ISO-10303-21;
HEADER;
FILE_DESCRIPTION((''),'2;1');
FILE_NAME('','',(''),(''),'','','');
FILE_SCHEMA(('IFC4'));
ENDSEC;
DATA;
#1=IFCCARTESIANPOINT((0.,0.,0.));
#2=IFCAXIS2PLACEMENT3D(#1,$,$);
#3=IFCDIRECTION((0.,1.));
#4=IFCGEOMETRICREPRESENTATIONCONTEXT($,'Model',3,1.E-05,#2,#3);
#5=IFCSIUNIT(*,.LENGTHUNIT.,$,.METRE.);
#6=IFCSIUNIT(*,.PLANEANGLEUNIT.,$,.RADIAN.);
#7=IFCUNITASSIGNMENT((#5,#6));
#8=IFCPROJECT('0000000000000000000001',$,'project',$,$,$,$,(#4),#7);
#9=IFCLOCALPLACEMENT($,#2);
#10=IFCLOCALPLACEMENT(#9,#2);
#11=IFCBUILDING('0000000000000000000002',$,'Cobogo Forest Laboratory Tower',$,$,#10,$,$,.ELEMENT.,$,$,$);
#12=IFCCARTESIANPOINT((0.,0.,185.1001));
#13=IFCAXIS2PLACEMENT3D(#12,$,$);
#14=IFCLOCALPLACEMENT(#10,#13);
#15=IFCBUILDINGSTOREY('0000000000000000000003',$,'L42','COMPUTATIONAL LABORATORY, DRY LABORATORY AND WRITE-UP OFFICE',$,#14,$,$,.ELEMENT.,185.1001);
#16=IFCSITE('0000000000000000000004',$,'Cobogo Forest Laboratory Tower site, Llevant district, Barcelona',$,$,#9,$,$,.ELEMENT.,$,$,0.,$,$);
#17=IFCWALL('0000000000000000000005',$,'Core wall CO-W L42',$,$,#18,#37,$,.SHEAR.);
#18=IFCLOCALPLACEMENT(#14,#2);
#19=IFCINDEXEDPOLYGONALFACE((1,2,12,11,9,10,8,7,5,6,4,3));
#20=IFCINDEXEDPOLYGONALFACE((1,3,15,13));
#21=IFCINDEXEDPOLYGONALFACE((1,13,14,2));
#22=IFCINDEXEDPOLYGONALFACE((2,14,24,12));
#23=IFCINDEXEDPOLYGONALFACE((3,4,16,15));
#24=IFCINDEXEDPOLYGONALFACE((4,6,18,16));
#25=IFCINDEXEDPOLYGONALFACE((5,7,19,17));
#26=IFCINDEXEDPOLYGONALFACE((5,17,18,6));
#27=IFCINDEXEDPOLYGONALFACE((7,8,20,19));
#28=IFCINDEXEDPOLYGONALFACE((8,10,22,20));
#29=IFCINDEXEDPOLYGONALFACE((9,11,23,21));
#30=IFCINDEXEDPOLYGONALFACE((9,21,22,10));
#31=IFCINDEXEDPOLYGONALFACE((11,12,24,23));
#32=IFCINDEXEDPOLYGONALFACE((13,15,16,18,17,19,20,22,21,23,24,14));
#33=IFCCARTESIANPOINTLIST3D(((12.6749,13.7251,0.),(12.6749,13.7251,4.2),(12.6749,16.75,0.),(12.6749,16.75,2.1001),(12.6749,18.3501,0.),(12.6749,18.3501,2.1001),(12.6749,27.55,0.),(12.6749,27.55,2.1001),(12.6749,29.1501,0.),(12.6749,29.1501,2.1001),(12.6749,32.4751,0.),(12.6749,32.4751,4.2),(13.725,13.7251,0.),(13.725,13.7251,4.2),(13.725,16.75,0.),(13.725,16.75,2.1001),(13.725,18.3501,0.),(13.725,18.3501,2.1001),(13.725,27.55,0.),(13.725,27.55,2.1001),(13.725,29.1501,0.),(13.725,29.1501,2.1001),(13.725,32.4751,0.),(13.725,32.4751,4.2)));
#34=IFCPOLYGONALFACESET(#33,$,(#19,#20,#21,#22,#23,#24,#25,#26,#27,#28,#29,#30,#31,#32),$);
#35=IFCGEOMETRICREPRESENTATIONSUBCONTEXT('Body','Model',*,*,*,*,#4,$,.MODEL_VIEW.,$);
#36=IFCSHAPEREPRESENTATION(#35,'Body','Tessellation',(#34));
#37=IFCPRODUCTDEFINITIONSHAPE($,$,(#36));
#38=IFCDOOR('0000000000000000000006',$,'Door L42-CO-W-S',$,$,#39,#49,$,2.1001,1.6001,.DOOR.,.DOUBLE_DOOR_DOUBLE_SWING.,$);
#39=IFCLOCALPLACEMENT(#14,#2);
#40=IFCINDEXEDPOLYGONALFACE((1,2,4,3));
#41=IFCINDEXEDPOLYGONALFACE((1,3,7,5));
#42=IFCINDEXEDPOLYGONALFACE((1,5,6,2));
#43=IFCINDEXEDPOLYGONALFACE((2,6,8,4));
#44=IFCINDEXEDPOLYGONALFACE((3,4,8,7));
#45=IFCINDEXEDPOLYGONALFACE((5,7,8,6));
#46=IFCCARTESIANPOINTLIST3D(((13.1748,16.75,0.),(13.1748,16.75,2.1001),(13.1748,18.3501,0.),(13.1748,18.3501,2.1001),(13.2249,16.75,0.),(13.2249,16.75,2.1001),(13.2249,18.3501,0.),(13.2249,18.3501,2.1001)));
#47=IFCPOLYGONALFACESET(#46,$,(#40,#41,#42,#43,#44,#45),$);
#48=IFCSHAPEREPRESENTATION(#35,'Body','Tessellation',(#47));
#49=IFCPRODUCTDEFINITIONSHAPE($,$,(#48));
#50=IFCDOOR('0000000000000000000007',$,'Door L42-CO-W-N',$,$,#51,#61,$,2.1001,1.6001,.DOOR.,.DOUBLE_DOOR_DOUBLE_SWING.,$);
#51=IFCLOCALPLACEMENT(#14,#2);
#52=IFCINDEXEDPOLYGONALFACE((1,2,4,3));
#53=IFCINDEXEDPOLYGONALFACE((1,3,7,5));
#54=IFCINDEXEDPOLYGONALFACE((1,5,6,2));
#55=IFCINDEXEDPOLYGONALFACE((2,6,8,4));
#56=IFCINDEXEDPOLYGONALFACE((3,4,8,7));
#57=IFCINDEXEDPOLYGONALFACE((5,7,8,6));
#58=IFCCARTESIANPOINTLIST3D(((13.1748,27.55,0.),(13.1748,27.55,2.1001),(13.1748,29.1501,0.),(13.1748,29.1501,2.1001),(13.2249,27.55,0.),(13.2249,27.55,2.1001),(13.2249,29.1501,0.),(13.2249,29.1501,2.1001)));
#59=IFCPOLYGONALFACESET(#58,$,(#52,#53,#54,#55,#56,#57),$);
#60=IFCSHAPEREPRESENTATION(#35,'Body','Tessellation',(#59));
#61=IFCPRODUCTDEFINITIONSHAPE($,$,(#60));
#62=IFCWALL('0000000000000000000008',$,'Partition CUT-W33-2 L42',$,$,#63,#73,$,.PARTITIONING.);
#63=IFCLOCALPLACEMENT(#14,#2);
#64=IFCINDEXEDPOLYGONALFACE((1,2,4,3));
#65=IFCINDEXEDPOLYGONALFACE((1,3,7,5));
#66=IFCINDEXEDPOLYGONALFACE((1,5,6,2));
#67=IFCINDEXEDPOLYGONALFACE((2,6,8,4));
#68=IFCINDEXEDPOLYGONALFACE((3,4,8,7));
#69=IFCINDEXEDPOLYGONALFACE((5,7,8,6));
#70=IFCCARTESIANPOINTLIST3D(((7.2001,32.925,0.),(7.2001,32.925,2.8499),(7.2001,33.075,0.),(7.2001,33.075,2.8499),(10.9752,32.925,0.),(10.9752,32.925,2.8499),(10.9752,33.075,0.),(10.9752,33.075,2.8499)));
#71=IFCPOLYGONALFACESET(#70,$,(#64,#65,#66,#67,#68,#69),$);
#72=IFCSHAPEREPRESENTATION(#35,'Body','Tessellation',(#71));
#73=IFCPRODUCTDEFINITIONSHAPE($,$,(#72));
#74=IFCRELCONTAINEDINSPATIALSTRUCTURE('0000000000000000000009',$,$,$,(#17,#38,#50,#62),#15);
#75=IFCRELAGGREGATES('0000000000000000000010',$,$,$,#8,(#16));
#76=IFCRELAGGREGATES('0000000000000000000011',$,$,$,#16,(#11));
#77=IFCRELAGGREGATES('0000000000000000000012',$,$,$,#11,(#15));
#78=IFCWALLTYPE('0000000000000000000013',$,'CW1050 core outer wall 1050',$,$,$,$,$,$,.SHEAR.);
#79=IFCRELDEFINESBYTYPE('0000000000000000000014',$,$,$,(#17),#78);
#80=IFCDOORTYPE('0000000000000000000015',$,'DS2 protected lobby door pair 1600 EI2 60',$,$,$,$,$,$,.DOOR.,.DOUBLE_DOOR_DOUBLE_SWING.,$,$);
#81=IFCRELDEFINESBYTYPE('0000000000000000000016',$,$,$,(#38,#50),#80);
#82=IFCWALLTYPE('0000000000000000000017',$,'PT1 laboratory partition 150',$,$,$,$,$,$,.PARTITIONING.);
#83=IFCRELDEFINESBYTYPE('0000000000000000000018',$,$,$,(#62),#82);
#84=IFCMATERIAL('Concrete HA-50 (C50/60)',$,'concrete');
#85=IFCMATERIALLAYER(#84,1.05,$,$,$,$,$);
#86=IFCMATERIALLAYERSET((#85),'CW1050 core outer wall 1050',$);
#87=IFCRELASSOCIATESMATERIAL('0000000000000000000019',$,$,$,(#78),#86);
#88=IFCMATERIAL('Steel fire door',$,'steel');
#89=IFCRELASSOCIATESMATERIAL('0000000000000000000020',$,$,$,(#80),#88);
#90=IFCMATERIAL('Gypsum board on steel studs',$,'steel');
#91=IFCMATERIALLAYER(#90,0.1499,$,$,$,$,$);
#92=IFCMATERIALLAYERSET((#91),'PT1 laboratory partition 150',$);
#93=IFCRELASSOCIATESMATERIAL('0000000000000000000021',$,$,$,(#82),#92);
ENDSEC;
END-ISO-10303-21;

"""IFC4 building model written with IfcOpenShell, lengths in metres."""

from ifc_helpers import new_model, si_unit, direction, frame, frame_2d, origin, place, context, subcontext, project, spatial, rectangle, extrude, material, layer, layer_set, type_object, element, fill, save


model = new_model("IFC4")

# Units and contexts
model_context = context("Model", 3, precision=1e-05, world=origin(), true_north=direction((0.0, 1.0)))
body_context = subcontext(model_context, "Body", "Model", "MODEL_VIEW")
ifc_project = project(units=[si_unit("LENGTHUNIT", "METRE"), si_unit("PLANEANGLEUNIT", "RADIAN")], contexts=[model_context])

# Site, building, storey
site_placement = place(None, origin())
site = spatial("IfcSite", under=ifc_project, at=site_placement, Name="Cobogo Forest Laboratory Tower site, Llevant district, Barcelona", CompositionType="ELEMENT", RefElevation=0.0)
building_placement = place(site_placement, origin())
building = spatial("IfcBuilding", under=site, at=building_placement, Name="Cobogo Forest Laboratory Tower", CompositionType="ELEMENT")
storey_placement = place(building_placement, frame((0.0, 0.0, 185.1001)))
storey = spatial("IfcBuildingStorey", under=building, at=storey_placement, Name="L42", Description="COMPUTATIONAL LABORATORY, DRY LABORATORY AND WRITE-UP OFFICE", CompositionType="ELEMENT", Elevation=185.1001)

# Shared definitions
ifc_material_1 = material(Name="Concrete HA-50 (C50/60)", Category="concrete")

# Wall, openings, doors
ifc_layer_1 = layer(ifc_material_1, 1.05)
ifc_layer_set_1 = layer_set([ifc_layer_1], Name="CW1050 core outer wall 1050")
wall_type_1 = type_object("IfcWallType", Name="CW1050 core outer wall 1050", PredefinedType="SHEAR", material=ifc_layer_set_1)
wall_1_placement = place(storey_placement, frame((13.2, 32.4751, 0.0), z_axis=(0.0, 0.0, 1.0), x_axis=(0.0, -1.0, 0.0)))
wall_1 = element("IfcWall", 1, at=wall_1_placement, inside=storey, type_object=wall_type_1, Name="Core wall CO-W L42", PredefinedType="SHEAR", context=body_context, shape_type="SweptSolid", body=[
    extrude(rectangle(XDim=18.75, YDim=1.05, at=frame_2d((9.375, 0.0))), origin(), (0.0, 0.0, 1.0), 4.2),
])
opening_1_placement = place(wall_1_placement, frame((14.125, 0.0, 0.0)))
opening_1 = element("IfcOpeningElement", 2, at=opening_1_placement, cuts=wall_1, PredefinedType="OPENING", context=body_context, shape_type="SweptSolid", body=[
    extrude(rectangle(XDim=1.6001, YDim=2.1001, at=frame_2d((0.8, 1.05))), frame((0.0, 0.5349, 0.0), z_axis=(0.0, -1.0, 0.0), x_axis=(1.0, 0.0, 0.0)), (0.0, 0.0, 1.0), 1.0701),
])
opening_2_placement = place(wall_1_placement, frame((3.325, 0.0, 0.0)))
opening_2 = element("IfcOpeningElement", 3, at=opening_2_placement, cuts=wall_1, PredefinedType="OPENING", context=body_context, shape_type="SweptSolid", body=[
    extrude(rectangle(XDim=1.6001, YDim=2.1001, at=frame_2d((0.8, 1.05))), frame((0.0, 0.5349, 0.0), z_axis=(0.0, -1.0, 0.0), x_axis=(1.0, 0.0, 0.0)), (0.0, 0.0, 1.0), 1.0701),
])
ifc_material_2 = material(Name="Steel fire door", Category="steel")
door_type_1 = type_object("IfcDoorType", Name="DS2 protected lobby door pair 1600 EI2 60", OperationType="DOUBLE_DOOR_DOUBLE_SWING", PredefinedType="DOOR", material=ifc_material_2)
door_1_placement = place(opening_1_placement, origin())
door_1 = element("IfcDoor", 4, at=door_1_placement, inside=storey, type_object=door_type_1, Name="Door L42-CO-W-S", OperationType="DOUBLE_DOOR_DOUBLE_SWING", OverallHeight=2.1001, OverallWidth=1.6001, PredefinedType="DOOR", context=body_context, shape_type="SweptSolid", body=[
    extrude(rectangle(XDim=1.6001, YDim=2.1001, at=frame_2d((0.8, 1.05))), frame((0.0, 0.0249, 0.0), z_axis=(0.0, -1.0, 0.0), x_axis=(1.0, 0.0, 0.0)), (0.0, 0.0, 1.0), 0.05),
])
fill(opening_1, door_1)
door_2_placement = place(opening_2_placement, origin())
door_2 = element("IfcDoor", 5, at=door_2_placement, inside=storey, type_object=door_type_1, Name="Door L42-CO-W-N", OperationType="DOUBLE_DOOR_DOUBLE_SWING", OverallHeight=2.1001, OverallWidth=1.6001, PredefinedType="DOOR", context=body_context, shape_type="SweptSolid", body=[
    extrude(rectangle(XDim=1.6001, YDim=2.1001, at=frame_2d((0.8, 1.05))), frame((0.0, 0.0249, 0.0), z_axis=(0.0, -1.0, 0.0), x_axis=(1.0, 0.0, 0.0)), (0.0, 0.0, 1.0), 0.05),
])
fill(opening_2, door_2)

# Wall
ifc_material_3 = material(Name="Gypsum board on steel studs", Category="steel")
ifc_layer_2 = layer(ifc_material_3, 0.1499)
ifc_layer_set_2 = layer_set([ifc_layer_2], Name="PT1 laboratory partition 150")
wall_type_2 = type_object("IfcWallType", Name="PT1 laboratory partition 150", PredefinedType="PARTITIONING", material=ifc_layer_set_2)
wall_2_placement = place(storey_placement, frame((7.2, 33.0, 0.0), z_axis=(0.0, 0.0, 1.0), x_axis=(1.0, 0.0, 0.0)))
element("IfcWall", 6, at=wall_2_placement, inside=storey, type_object=wall_type_2, Name="Partition CUT-W33-2 L42", PredefinedType="PARTITIONING", context=body_context, shape_type="SweptSolid", body=[
    extrude(rectangle(XDim=3.7751, YDim=0.1499, at=frame_2d((1.8877, 0.0))), origin(), (0.0, 0.0, 1.0), 2.8499),
])

save(model, "model.ifc")
